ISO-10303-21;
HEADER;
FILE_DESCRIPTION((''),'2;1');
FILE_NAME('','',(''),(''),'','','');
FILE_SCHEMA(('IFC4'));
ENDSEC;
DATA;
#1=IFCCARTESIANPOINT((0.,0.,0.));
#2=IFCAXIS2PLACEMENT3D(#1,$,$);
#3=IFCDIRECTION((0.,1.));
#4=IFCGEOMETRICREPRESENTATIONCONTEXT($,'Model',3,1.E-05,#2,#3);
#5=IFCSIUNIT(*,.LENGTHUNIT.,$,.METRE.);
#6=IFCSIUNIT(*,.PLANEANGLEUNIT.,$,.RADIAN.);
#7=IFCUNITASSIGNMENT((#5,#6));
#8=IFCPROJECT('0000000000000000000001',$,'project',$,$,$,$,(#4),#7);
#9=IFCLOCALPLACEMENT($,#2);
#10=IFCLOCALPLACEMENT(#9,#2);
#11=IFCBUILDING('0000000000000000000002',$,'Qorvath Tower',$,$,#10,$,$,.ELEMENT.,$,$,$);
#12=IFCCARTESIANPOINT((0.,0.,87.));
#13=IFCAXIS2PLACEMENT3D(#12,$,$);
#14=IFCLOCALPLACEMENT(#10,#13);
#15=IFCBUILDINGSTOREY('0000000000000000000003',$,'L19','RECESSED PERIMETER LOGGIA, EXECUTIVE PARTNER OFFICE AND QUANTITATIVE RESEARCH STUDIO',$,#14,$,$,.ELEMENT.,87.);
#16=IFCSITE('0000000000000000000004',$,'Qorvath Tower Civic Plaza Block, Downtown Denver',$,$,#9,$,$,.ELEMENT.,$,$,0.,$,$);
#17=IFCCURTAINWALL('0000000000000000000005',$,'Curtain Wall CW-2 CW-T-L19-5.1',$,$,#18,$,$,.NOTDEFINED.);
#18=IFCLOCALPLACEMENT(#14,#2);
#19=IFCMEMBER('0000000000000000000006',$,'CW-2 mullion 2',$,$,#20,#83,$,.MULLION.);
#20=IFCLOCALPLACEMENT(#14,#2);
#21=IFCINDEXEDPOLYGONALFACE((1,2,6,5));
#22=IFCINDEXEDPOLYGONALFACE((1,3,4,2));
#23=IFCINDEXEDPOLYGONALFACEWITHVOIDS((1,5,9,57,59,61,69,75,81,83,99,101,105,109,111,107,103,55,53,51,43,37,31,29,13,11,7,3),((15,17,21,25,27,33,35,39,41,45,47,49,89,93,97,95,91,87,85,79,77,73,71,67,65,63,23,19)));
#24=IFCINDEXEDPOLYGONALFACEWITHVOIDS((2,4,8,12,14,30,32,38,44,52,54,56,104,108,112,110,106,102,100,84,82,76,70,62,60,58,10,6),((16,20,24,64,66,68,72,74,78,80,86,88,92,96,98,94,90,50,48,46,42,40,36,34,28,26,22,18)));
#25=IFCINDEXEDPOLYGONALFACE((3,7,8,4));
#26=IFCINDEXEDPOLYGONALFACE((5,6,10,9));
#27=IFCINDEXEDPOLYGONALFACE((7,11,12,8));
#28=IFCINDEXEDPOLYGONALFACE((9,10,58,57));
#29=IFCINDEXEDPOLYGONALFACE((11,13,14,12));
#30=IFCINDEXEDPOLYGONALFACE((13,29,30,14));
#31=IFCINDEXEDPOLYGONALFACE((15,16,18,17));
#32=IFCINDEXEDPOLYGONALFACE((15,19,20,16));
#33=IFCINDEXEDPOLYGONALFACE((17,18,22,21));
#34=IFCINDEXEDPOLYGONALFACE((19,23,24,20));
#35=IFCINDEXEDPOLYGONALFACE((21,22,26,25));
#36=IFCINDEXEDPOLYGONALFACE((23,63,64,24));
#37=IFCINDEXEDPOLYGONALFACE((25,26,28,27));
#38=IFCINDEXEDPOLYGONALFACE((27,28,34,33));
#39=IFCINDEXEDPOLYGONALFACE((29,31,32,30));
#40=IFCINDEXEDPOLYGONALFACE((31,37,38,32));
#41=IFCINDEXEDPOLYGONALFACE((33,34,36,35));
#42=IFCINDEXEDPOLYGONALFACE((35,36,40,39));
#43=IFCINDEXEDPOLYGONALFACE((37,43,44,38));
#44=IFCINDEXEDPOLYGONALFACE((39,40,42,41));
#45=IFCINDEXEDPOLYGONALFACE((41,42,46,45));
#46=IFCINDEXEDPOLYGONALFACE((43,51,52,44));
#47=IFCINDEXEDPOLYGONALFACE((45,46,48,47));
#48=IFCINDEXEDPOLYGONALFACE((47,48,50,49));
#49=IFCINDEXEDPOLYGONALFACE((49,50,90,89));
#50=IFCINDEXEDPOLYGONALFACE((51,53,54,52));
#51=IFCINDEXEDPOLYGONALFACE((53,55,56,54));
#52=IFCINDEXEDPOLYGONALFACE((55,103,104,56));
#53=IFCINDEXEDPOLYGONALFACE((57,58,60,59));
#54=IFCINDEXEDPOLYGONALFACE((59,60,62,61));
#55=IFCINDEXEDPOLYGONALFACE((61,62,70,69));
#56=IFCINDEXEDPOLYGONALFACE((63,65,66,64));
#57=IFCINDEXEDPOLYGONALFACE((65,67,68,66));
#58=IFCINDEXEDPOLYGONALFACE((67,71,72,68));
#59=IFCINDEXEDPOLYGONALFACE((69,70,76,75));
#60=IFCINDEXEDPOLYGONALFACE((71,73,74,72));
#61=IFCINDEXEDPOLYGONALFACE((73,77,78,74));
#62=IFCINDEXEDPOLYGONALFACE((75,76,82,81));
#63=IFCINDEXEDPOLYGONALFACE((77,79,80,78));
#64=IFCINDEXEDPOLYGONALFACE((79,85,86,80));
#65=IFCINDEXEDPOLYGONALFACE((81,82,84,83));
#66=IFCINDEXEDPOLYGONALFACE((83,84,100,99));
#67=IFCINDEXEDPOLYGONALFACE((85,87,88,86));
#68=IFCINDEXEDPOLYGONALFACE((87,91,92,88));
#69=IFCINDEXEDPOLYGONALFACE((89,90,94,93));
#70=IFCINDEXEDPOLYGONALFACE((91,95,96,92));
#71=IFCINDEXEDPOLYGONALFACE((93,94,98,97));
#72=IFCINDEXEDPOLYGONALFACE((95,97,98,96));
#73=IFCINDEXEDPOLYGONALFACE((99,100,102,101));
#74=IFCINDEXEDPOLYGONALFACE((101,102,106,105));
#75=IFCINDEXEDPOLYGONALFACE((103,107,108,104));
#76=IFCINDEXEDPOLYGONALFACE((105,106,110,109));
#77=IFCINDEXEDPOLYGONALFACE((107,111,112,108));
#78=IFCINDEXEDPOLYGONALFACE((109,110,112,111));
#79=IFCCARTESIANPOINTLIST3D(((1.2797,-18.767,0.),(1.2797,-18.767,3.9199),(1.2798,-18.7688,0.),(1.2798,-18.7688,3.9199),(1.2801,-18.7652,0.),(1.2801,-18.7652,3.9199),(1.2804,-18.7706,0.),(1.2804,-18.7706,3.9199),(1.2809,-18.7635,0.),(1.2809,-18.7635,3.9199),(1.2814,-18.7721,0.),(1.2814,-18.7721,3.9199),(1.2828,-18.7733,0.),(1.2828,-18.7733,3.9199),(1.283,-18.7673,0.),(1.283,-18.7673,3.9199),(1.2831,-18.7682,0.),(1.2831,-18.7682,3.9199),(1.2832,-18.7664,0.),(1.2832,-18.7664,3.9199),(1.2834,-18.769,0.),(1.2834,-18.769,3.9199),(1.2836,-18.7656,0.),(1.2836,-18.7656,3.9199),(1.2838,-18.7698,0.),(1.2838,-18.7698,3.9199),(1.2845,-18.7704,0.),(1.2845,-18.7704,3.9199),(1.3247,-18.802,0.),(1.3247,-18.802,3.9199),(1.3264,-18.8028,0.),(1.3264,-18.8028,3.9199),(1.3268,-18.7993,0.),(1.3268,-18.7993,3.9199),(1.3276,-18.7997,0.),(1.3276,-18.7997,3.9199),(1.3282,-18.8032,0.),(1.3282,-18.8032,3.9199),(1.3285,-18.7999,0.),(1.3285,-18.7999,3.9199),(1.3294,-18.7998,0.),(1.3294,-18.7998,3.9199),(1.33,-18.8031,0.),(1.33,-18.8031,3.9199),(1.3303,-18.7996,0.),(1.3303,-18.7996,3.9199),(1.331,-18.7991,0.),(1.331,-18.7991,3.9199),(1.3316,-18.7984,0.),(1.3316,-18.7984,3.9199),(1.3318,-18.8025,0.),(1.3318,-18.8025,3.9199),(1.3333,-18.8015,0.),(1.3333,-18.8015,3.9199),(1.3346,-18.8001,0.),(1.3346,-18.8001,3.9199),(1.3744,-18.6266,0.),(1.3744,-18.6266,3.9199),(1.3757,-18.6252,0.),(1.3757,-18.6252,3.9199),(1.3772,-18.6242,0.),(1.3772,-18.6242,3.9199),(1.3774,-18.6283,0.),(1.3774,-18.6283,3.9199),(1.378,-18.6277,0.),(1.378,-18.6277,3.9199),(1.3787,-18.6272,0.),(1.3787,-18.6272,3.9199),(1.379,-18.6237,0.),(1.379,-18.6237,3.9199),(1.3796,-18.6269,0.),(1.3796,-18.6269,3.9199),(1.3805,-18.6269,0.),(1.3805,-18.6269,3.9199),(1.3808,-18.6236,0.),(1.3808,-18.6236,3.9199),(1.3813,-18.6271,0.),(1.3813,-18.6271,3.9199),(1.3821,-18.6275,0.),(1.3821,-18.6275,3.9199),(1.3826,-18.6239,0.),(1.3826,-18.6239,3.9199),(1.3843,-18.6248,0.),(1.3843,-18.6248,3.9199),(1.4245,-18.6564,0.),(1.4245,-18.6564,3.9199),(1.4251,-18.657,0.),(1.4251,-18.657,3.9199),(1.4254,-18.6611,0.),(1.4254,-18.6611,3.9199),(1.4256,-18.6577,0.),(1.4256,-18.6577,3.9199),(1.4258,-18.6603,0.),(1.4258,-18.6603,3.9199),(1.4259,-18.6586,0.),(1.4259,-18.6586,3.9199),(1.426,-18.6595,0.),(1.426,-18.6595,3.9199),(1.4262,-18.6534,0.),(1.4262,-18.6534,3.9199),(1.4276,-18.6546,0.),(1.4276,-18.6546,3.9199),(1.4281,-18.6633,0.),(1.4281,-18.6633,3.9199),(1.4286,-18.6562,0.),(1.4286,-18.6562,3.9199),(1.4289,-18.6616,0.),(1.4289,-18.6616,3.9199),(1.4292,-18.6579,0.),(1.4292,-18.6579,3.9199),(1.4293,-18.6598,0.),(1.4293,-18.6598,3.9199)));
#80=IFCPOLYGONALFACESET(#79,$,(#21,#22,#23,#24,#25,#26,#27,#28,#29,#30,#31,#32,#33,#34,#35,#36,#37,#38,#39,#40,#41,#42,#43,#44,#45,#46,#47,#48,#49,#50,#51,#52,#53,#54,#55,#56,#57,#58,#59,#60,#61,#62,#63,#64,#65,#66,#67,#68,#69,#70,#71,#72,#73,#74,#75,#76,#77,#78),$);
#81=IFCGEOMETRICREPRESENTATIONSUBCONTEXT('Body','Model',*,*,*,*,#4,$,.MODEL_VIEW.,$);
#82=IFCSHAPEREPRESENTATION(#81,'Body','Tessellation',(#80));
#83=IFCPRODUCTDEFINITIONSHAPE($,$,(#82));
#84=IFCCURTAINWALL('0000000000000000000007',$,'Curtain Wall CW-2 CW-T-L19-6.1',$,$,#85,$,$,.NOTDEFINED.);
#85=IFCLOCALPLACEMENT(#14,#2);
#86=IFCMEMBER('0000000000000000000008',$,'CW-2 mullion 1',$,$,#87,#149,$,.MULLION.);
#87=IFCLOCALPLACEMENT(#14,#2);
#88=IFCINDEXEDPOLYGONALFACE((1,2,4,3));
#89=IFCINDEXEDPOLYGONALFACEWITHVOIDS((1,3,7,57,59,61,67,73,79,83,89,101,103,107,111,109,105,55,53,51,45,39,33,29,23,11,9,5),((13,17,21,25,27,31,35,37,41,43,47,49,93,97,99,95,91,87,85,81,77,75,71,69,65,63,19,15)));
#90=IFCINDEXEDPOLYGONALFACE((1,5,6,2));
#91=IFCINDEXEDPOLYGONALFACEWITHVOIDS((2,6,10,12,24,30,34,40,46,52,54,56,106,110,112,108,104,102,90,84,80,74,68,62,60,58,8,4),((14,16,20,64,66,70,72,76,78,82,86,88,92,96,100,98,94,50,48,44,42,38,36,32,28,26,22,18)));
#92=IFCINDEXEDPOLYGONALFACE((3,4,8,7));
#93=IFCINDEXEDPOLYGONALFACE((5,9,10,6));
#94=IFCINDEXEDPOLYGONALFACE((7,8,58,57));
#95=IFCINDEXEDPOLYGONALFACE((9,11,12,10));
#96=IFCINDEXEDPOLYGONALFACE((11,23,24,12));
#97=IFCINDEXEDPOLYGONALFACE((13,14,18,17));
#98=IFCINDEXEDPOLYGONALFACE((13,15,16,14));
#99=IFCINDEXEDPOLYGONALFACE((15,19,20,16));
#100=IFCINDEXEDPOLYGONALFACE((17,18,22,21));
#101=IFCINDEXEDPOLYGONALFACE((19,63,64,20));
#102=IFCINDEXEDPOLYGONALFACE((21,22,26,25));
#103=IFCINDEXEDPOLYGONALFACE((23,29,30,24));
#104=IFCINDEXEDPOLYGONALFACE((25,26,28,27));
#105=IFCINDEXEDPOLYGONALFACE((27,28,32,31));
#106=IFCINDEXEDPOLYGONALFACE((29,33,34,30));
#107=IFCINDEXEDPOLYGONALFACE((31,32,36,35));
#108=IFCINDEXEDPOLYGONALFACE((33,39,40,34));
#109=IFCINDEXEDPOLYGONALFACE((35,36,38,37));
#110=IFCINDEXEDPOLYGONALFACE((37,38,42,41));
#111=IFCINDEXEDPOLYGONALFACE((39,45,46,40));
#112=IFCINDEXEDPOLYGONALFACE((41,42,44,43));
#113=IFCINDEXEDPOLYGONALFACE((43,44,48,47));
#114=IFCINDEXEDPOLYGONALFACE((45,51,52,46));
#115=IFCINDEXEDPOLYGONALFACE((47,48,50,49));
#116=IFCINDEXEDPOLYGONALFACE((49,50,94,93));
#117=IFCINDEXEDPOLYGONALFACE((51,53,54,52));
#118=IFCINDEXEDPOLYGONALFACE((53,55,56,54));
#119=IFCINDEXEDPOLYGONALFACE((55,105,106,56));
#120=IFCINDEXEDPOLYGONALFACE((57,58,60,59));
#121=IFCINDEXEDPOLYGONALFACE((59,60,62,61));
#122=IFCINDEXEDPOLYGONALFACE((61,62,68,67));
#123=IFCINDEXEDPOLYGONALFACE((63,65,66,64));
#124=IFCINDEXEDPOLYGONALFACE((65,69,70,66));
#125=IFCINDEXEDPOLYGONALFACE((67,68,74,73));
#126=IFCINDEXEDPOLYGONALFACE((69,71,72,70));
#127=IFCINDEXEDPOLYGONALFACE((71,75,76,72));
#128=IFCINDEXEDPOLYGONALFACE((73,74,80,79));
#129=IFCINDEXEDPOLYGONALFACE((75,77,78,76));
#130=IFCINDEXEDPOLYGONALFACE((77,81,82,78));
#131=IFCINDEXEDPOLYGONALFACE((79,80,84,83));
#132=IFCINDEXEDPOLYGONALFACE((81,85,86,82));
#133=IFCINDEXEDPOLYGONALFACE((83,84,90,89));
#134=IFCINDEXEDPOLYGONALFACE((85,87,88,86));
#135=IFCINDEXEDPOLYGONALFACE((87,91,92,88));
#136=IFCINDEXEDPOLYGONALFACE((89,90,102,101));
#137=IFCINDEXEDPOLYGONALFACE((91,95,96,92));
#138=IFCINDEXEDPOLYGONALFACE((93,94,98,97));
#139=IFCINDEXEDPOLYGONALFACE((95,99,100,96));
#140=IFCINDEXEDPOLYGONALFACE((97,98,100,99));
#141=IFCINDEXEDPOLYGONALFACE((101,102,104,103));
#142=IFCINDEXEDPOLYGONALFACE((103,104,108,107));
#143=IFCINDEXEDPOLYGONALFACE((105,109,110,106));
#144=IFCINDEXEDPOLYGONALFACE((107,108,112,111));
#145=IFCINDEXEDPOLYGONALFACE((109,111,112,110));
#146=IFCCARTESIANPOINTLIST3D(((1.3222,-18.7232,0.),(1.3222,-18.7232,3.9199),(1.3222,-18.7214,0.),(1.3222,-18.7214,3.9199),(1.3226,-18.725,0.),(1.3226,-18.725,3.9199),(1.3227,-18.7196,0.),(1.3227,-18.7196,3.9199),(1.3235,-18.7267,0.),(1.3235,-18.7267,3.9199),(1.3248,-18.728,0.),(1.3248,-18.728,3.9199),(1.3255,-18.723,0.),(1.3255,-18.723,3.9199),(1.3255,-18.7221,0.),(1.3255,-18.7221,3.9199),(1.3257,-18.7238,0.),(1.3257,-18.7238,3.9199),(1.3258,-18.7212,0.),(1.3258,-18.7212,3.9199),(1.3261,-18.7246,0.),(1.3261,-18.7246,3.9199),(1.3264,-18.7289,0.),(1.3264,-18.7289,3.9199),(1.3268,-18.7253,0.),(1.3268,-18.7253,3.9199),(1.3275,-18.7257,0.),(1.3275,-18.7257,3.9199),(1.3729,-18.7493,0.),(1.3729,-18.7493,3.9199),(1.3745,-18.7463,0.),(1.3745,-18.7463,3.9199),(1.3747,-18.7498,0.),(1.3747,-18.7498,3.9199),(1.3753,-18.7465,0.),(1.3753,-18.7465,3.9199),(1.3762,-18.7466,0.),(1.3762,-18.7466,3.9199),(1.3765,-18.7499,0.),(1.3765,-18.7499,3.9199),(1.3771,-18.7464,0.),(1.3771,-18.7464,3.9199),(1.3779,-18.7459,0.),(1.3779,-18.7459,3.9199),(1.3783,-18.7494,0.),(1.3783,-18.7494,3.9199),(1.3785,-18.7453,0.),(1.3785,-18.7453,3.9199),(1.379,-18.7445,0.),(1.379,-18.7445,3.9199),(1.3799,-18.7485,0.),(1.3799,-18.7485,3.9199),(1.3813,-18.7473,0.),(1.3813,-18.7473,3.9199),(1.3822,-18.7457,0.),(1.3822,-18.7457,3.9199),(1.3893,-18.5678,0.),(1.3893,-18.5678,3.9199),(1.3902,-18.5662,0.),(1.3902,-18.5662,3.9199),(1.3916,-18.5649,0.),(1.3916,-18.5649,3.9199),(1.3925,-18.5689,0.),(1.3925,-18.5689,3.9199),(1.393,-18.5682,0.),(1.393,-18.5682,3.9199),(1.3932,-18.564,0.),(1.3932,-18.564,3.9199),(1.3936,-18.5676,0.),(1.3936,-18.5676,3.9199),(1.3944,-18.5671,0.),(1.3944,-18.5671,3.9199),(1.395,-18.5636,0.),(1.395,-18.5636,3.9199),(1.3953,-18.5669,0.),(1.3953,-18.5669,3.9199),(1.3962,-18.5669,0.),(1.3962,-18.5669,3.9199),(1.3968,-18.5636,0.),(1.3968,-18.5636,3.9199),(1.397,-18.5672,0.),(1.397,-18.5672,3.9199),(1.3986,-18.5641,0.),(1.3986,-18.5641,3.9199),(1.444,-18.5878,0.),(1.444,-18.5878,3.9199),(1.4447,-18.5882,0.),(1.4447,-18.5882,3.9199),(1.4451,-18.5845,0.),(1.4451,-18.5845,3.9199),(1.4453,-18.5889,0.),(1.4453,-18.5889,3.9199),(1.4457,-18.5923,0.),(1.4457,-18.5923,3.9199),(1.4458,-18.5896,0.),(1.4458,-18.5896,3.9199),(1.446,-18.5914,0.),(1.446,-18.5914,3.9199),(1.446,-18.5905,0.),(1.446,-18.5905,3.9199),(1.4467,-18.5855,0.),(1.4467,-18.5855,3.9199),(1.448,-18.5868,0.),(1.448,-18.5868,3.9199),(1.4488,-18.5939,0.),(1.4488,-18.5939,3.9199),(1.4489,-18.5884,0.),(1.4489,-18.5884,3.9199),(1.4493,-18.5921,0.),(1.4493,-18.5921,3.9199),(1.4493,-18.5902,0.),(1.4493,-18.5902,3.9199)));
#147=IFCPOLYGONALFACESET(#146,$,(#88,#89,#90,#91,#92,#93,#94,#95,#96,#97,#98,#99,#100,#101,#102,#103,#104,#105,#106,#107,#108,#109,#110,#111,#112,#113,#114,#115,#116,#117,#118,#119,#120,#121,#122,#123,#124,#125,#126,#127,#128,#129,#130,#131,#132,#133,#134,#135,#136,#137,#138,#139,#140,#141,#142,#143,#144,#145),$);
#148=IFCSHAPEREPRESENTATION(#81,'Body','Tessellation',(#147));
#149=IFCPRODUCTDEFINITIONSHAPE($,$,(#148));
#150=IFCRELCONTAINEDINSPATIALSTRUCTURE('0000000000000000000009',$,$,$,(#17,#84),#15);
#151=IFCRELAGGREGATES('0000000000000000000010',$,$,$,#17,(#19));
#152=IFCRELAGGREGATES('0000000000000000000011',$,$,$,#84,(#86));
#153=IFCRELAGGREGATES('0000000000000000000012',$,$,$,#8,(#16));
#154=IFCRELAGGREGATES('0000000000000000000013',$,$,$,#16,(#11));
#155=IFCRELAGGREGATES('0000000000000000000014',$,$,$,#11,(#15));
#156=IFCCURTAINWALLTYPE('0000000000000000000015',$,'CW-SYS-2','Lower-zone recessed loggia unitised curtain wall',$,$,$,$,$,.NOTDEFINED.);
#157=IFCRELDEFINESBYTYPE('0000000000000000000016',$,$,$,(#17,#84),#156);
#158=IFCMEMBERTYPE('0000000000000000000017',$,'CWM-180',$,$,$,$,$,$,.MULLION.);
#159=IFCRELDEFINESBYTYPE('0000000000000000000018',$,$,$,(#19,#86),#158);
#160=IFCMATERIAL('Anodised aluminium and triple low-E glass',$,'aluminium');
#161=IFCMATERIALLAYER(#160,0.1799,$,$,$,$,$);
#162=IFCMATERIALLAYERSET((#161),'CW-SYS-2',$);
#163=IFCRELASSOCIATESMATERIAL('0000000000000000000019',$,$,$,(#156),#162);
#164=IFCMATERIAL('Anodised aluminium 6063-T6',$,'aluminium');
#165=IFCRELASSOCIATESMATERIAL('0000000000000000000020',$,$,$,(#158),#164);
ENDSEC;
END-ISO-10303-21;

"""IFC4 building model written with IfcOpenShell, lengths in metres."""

from ifc_helpers import new_model, si_unit, direction, frame, origin, origin_2d, place, context, subcontext, project, spatial, hollow_rectangle, extrude, material, layer, layer_set, material_profile, profile_set, type_object, element, aggregate, save


model = new_model("IFC4")

# Units and contexts
model_context = context("Model", 3, precision=1e-05, world=origin(), true_north=direction((0.0, 1.0)))
body_context = subcontext(model_context, "Body", "Model", "MODEL_VIEW")
ifc_project = project(units=[si_unit("LENGTHUNIT", "METRE"), si_unit("PLANEANGLEUNIT", "RADIAN")], contexts=[model_context])

# Site, building, storey
site_placement = place(None, origin())
site = spatial("IfcSite", under=ifc_project, at=site_placement, Name="Qorvath Tower Civic Plaza Block, Downtown Denver", CompositionType="ELEMENT", RefElevation=0.0)
building_placement = place(site_placement, origin())
building = spatial("IfcBuilding", under=site, at=building_placement, Name="Qorvath Tower", CompositionType="ELEMENT")
storey_placement = place(building_placement, frame((0.0, 0.0, 87.0)))
storey = spatial("IfcBuildingStorey", under=building, at=storey_placement, Name="L19", Description="RECESSED PERIMETER LOGGIA, EXECUTIVE PARTNER OFFICE AND QUANTITATIVE RESEARCH STUDIO", CompositionType="ELEMENT", Elevation=87.0)

# Shared definitions
ifc_material_1 = material(Name="Anodised aluminium and triple low-E glass", Category="aluminium")
ifc_layer_1 = layer(ifc_material_1, 0.1799)
ifc_layer_set_1 = layer_set([ifc_layer_1], Name="CW-SYS-2")
curtain_wall_type = type_object("IfcCurtainWallType", Name="CW-SYS-2", Description="Lower-zone recessed loggia unitised curtain wall", PredefinedType="NOTDEFINED", material=ifc_layer_set_1)
ifc_material_2 = material(Name="Anodised aluminium 6063-T6", Category="aluminium")
ifc_material_profile_1 = material_profile(ifc_material_2, hollow_rectangle(XDim=0.0649, YDim=0.1799, WallThickness=0.0034, InnerFilletRadius=0.0034, OuterFilletRadius=0.0071, at=origin_2d()), Name="CWM 180x65")
ifc_profile_set_1 = profile_set([ifc_material_profile_1], Name="Anodised aluminium 6063-T6")
member_type_1 = type_object("IfcMemberType", Name="CWM-180", PredefinedType="MULLION", material=ifc_profile_set_1)

# Curtain walls, members
curtain_wall_1_placement = place(storey_placement, origin())
curtain_wall_1 = element("IfcCurtainWall", 1, at=curtain_wall_1_placement, inside=storey, type_object=curtain_wall_type, Name="Curtain Wall CW-2 CW-T-L19-5.1", PredefinedType="NOTDEFINED")
member_1_placement = place(storey_placement, frame((1.3545, -18.7134, 0.0), z_axis=(0.0, 0.0, 1.0), x_axis=(-0.82575, 0.564036, 0.0)))
member_1 = element("IfcMember", 2, at=member_1_placement, type_object=member_type_1, Name="CW-2 mullion 2", PredefinedType="MULLION", context=body_context, shape_type="SweptSolid", body=[
    extrude(hollow_rectangle(XDim=0.0649, YDim=0.1799, WallThickness=0.0034, InnerFilletRadius=0.0034, OuterFilletRadius=0.0071, at=origin_2d()), origin(), (0.0, 0.0, 1.0), 3.9199),
])
curtain_wall_2_placement = place(storey_placement, origin())
curtain_wall_2 = element("IfcCurtainWall", 3, at=curtain_wall_2_placement, inside=storey, type_object=curtain_wall_type, Name="Curtain Wall CW-2 CW-T-L19-6.1", PredefinedType="NOTDEFINED")
member_2_placement = place(storey_placement, frame((1.3857, -18.6567, 0.0), z_axis=(0.0, 0.0, 1.0), x_axis=(-0.915886, 0.40144, 0.0)))
member_2 = element("IfcMember", 4, at=member_2_placement, type_object=member_type_1, Name="CW-2 mullion 1", PredefinedType="MULLION", context=body_context, shape_type="SweptSolid", body=[
    extrude(hollow_rectangle(XDim=0.0649, YDim=0.1799, WallThickness=0.0034, InnerFilletRadius=0.0034, OuterFilletRadius=0.0071, at=origin_2d()), origin(), (0.0, 0.0, 1.0), 3.9199),
])

aggregate(curtain_wall_1, [member_1])
aggregate(curtain_wall_2, [member_2])

save(model, "model.ifc")
